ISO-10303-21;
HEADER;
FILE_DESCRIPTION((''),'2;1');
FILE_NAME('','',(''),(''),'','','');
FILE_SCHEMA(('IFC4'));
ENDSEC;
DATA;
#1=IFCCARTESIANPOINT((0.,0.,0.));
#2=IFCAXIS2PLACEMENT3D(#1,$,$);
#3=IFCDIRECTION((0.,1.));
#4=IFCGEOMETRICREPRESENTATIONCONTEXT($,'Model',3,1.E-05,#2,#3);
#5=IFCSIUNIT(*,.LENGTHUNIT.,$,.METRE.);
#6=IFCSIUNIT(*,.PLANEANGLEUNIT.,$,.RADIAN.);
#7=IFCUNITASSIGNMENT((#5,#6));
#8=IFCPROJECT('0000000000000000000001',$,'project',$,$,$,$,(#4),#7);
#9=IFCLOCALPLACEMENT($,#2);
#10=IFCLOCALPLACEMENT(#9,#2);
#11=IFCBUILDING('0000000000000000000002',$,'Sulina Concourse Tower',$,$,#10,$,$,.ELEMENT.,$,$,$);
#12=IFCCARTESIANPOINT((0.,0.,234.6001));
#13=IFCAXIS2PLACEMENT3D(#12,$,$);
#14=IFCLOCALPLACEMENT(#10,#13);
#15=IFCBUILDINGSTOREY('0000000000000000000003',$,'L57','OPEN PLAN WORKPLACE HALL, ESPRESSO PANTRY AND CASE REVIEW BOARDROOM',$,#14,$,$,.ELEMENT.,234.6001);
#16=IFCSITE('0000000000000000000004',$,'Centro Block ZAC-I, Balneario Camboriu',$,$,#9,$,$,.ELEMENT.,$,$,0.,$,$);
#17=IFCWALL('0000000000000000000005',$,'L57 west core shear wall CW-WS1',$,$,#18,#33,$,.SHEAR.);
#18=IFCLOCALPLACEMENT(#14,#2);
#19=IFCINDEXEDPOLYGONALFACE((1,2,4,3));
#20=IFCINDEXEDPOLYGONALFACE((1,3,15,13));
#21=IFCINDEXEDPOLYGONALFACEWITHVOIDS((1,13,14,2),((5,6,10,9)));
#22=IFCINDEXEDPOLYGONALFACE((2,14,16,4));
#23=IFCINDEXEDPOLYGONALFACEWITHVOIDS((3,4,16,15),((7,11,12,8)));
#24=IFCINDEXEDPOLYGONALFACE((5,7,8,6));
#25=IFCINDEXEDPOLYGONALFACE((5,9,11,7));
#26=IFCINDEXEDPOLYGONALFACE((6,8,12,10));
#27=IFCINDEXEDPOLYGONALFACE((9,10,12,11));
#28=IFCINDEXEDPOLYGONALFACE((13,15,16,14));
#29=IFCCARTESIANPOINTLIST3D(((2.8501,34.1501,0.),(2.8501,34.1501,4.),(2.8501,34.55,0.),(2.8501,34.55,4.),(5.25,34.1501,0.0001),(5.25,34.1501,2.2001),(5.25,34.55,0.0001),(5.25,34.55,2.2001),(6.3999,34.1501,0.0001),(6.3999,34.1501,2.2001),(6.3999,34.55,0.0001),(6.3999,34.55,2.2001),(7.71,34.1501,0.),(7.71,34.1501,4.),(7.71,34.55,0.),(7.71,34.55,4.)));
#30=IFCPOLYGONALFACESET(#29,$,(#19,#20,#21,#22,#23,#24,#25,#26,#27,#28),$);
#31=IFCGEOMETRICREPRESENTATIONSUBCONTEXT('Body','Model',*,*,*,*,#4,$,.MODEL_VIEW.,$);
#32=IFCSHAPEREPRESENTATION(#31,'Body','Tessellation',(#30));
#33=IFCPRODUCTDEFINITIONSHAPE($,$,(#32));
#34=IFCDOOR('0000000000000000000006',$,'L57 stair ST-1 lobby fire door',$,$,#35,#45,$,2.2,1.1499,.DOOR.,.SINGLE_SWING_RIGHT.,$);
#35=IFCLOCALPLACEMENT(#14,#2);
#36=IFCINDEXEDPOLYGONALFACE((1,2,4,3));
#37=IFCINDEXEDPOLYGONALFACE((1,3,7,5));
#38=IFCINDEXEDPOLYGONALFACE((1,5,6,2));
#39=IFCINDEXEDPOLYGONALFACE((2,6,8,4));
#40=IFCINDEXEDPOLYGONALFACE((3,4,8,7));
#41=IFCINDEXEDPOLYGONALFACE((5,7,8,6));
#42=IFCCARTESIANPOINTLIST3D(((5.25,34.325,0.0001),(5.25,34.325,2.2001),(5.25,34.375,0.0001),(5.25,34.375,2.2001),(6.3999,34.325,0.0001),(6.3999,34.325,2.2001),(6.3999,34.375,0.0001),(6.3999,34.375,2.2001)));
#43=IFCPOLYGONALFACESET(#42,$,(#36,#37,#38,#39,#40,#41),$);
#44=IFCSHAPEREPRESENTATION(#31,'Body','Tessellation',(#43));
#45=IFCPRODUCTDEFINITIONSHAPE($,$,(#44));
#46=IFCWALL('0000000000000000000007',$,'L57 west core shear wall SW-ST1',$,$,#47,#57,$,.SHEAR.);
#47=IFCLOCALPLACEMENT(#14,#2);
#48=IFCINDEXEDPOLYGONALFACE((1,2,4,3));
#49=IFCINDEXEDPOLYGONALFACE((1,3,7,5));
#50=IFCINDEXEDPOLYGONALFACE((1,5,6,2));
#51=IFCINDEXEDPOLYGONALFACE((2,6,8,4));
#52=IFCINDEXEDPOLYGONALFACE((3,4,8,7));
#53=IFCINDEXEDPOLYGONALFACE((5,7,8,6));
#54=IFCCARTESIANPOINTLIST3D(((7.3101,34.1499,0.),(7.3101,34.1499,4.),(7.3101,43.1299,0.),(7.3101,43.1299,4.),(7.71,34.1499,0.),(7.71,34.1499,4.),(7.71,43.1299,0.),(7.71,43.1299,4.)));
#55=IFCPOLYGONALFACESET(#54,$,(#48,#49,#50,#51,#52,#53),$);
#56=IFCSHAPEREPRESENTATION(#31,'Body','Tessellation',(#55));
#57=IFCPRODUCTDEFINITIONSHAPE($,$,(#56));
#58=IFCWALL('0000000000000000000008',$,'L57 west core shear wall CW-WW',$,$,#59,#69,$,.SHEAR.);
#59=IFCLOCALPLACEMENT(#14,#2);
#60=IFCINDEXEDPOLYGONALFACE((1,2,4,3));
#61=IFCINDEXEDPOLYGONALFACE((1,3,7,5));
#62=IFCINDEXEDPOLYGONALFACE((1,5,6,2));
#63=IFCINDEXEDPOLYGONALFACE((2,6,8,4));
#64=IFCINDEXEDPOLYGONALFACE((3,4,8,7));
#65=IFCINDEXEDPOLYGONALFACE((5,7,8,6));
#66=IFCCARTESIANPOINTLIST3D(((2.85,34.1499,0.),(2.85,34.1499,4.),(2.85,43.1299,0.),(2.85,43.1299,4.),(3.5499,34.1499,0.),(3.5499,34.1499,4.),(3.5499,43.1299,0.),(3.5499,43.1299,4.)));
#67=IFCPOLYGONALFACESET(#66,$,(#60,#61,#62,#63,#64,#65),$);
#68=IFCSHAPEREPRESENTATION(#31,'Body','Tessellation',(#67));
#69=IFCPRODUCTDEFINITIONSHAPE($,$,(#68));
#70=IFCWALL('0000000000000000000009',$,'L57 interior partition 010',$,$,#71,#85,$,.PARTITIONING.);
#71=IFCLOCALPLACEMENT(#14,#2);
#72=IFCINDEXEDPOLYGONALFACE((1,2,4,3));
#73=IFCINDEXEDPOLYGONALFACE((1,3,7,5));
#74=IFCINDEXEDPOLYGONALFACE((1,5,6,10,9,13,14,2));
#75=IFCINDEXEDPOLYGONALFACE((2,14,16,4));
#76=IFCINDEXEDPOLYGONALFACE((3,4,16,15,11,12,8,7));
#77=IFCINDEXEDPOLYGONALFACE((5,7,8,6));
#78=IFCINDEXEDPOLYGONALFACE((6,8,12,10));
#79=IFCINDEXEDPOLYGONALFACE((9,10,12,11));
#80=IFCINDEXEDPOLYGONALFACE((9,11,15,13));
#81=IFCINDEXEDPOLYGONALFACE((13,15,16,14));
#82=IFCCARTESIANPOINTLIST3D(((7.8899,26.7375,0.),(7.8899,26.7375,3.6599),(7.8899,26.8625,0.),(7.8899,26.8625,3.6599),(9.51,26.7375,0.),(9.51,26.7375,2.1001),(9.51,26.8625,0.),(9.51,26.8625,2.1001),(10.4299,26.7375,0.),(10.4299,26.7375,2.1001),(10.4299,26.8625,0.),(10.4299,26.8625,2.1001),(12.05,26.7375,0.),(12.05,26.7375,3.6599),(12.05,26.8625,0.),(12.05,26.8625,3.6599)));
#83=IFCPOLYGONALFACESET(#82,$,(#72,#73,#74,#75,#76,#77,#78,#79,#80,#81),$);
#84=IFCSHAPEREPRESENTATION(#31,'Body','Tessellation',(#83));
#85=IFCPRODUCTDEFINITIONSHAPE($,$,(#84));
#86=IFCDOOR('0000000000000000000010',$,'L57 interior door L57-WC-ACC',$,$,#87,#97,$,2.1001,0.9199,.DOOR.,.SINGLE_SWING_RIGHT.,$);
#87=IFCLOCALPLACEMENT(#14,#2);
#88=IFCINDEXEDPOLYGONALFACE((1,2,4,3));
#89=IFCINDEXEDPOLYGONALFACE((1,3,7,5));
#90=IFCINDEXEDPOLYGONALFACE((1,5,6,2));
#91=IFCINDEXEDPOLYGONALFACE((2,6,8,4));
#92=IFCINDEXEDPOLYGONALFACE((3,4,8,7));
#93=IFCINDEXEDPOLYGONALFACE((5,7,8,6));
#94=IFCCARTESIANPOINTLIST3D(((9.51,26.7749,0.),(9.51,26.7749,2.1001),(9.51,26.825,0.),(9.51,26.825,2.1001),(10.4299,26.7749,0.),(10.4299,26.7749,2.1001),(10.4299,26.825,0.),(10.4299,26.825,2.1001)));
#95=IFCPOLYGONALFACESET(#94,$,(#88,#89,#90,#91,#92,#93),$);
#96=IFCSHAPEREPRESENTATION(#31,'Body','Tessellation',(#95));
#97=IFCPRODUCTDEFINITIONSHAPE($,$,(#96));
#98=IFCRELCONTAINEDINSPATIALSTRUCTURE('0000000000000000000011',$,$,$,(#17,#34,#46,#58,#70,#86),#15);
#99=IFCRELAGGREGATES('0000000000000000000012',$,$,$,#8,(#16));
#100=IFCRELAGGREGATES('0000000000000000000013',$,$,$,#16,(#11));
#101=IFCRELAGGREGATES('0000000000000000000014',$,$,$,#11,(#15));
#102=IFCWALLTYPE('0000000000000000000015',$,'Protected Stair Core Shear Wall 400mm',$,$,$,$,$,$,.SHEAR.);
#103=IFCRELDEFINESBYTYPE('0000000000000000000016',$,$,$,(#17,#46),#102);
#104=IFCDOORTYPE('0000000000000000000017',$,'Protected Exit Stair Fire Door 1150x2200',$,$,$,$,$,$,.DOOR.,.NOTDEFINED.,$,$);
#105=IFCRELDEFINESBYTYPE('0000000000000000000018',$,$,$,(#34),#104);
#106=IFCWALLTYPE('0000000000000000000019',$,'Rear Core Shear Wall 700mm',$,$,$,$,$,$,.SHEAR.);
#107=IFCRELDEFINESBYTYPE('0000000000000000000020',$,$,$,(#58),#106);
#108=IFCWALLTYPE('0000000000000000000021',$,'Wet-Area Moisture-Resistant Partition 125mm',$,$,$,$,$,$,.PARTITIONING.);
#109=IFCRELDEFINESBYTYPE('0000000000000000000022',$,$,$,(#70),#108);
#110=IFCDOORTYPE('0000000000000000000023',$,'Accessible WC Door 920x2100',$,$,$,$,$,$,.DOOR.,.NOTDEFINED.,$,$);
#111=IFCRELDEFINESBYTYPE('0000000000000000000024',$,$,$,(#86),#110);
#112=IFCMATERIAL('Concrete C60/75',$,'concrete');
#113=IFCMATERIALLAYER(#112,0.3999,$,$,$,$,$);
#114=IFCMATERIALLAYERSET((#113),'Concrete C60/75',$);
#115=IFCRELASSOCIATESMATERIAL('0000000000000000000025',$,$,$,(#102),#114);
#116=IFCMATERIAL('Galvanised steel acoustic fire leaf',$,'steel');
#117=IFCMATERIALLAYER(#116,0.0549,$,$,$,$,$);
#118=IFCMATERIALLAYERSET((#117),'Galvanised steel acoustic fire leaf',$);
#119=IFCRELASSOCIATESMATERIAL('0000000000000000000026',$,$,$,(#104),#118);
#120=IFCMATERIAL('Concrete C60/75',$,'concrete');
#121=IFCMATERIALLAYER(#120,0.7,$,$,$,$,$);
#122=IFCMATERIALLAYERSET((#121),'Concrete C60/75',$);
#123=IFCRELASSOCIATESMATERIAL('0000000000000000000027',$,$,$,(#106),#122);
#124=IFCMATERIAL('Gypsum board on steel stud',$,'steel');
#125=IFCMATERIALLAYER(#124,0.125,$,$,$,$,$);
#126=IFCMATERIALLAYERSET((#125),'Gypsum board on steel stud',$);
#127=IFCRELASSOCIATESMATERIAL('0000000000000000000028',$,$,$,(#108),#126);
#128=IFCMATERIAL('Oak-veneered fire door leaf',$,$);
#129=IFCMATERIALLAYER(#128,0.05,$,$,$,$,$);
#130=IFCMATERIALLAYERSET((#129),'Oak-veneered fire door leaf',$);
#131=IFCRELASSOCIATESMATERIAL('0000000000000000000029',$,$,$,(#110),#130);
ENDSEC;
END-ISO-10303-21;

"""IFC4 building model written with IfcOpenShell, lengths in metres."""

from ifc_helpers import new_model, si_unit, direction, frame, frame_2d, origin, place, context, subcontext, project, spatial, rectangle, extrude, material, layer, layer_set, type_object, element, fill, save


model = new_model("IFC4")

# Units and contexts
model_context = context("Model", 3, precision=1e-05, world=origin(), true_north=direction((0.0, 1.0)))
body_context = subcontext(model_context, "Body", "Model", "MODEL_VIEW")
ifc_project = project(units=[si_unit("LENGTHUNIT", "METRE"), si_unit("PLANEANGLEUNIT", "RADIAN")], contexts=[model_context])

# Site, building, storey
site_placement = place(None, origin())
site = spatial("IfcSite", under=ifc_project, at=site_placement, Name="Centro Block ZAC-I, Balneario Camboriu", CompositionType="ELEMENT", RefElevation=0.0)
building_placement = place(site_placement, origin())
building = spatial("IfcBuilding", under=site, at=building_placement, Name="Sulina Concourse Tower", CompositionType="ELEMENT")
storey_placement = place(building_placement, frame((0.0, 0.0, 234.6001)))
storey = spatial("IfcBuildingStorey", under=building, at=storey_placement, Name="L57", Description="OPEN PLAN WORKPLACE HALL, ESPRESSO PANTRY AND CASE REVIEW BOARDROOM", CompositionType="ELEMENT", Elevation=234.6001)

# Wall, opening, door
ifc_material_1 = material(Name="Concrete C60/75", Category="concrete")
ifc_layer_1 = layer(ifc_material_1, 0.3999)
ifc_layer_set_1 = layer_set([ifc_layer_1], Name="Concrete C60/75")
wall_type_1 = type_object("IfcWallType", Name="Protected Stair Core Shear Wall 400mm", PredefinedType="SHEAR", material=ifc_layer_set_1)
wall_1_placement = place(storey_placement, frame((2.8501, 34.3501, 0.0), z_axis=(0.0, 0.0, 1.0), x_axis=(1.0, 0.0, 0.0)))
wall_1 = element("IfcWall", 1, at=wall_1_placement, inside=storey, type_object=wall_type_1, Name="L57 west core shear wall CW-WS1", PredefinedType="SHEAR", context=body_context, shape_type="SweptSolid", body=[
    extrude(rectangle(XDim=4.8599, YDim=0.3999, at=frame_2d((2.4299, 0.0))), origin(), (0.0, 0.0, 1.0), 4.0),
])
opening_1_placement = place(wall_1_placement, frame((2.3999, 0.0, 0.0)))
opening_1 = element("IfcOpeningElement", 2, at=opening_1_placement, cuts=wall_1, PredefinedType="OPENING", context=body_context, shape_type="SweptSolid", body=[
    extrude(rectangle(XDim=1.1499, YDim=2.2, at=frame_2d((0.575, 1.1001))), frame((0.0, 0.21, 0.0), z_axis=(0.0, -1.0, 0.0), x_axis=(1.0, 0.0, 0.0)), (0.0, 0.0, 1.0), 0.4199),
])
ifc_material_2 = material(Name="Galvanised steel acoustic fire leaf", Category="steel")
ifc_layer_2 = layer(ifc_material_2, 0.0549)
ifc_layer_set_2 = layer_set([ifc_layer_2], Name="Galvanised steel acoustic fire leaf")
door_type_1 = type_object("IfcDoorType", Name="Protected Exit Stair Fire Door 1150x2200", OperationType="NOTDEFINED", PredefinedType="DOOR", material=ifc_layer_set_2)
door_1_placement = place(opening_1_placement, origin())
door_1 = element("IfcDoor", 3, at=door_1_placement, inside=storey, type_object=door_type_1, Name="L57 stair ST-1 lobby fire door", OperationType="SINGLE_SWING_RIGHT", OverallHeight=2.2, OverallWidth=1.1499, PredefinedType="DOOR", context=body_context, shape_type="SweptSolid", body=[
    extrude(rectangle(XDim=1.1499, YDim=2.2, at=frame_2d((0.575, 1.1001))), frame((0.0, 0.0249, 0.0), z_axis=(0.0, -1.0, 0.0), x_axis=(1.0, 0.0, 0.0)), (0.0, 0.0, 1.0), 0.05),
])
fill(opening_1, door_1)

# Walls
wall_2_placement = place(storey_placement, frame((7.51, 34.1499, 0.0), z_axis=(0.0, 0.0, 1.0), x_axis=(0.0, 1.0, 0.0)))
element("IfcWall", 4, at=wall_2_placement, inside=storey, type_object=wall_type_1, Name="L57 west core shear wall SW-ST1", PredefinedType="SHEAR", context=body_context, shape_type="SweptSolid", body=[
    extrude(rectangle(XDim=8.98, YDim=0.3999, at=frame_2d((4.49, 0.0))), origin(), (0.0, 0.0, 1.0), 4.0),
])
ifc_material_3 = material(Name="Concrete C60/75", Category="concrete")
ifc_layer_3 = layer(ifc_material_3, 0.7)
ifc_layer_set_3 = layer_set([ifc_layer_3], Name="Concrete C60/75")
wall_type_2 = type_object("IfcWallType", Name="Rear Core Shear Wall 700mm", PredefinedType="SHEAR", material=ifc_layer_set_3)
wall_3_placement = place(storey_placement, frame((3.2, 34.1499, 0.0), z_axis=(0.0, 0.0, 1.0), x_axis=(0.0, 1.0, 0.0)))
element("IfcWall", 5, at=wall_3_placement, inside=storey, type_object=wall_type_2, Name="L57 west core shear wall CW-WW", PredefinedType="SHEAR", context=body_context, shape_type="SweptSolid", body=[
    extrude(rectangle(XDim=8.98, YDim=0.7, at=frame_2d((4.49, 0.0))), origin(), (0.0, 0.0, 1.0), 4.0),
])

# Wall, opening, door
ifc_material_4 = material(Name="Gypsum board on steel stud", Category="steel")
ifc_layer_4 = layer(ifc_material_4, 0.125)
ifc_layer_set_4 = layer_set([ifc_layer_4], Name="Gypsum board on steel stud")
wall_type_3 = type_object("IfcWallType", Name="Wet-Area Moisture-Resistant Partition 125mm", PredefinedType="PARTITIONING", material=ifc_layer_set_4)
wall_4_placement = place(storey_placement, frame((7.8899, 26.8, 0.0), z_axis=(0.0, 0.0, 1.0), x_axis=(1.0, 0.0, 0.0)))
wall_4 = element("IfcWall", 6, at=wall_4_placement, inside=storey, type_object=wall_type_3, Name="L57 interior partition 010", PredefinedType="PARTITIONING", context=body_context, shape_type="SweptSolid", body=[
    extrude(rectangle(XDim=4.1602, YDim=0.125, at=frame_2d((2.0801, 0.0))), origin(), (0.0, 0.0, 1.0), 3.6599),
])
opening_2_placement = place(wall_4_placement, frame((1.6201, 0.0, 0.0)))
opening_2 = element("IfcOpeningElement", 7, at=opening_2_placement, cuts=wall_4, PredefinedType="OPENING", context=body_context, shape_type="SweptSolid", body=[
    extrude(rectangle(XDim=0.9199, YDim=2.1001, at=frame_2d((0.46, 1.05))), frame((0.0, 0.0725, 0.0), z_axis=(0.0, -1.0, 0.0), x_axis=(1.0, 0.0, 0.0)), (0.0, 0.0, 1.0), 0.145),
])
ifc_material_5 = material(Name="Oak-veneered fire door leaf")
ifc_layer_5 = layer(ifc_material_5, 0.05)
ifc_layer_set_5 = layer_set([ifc_layer_5], Name="Oak-veneered fire door leaf")
door_type_2 = type_object("IfcDoorType", Name="Accessible WC Door 920x2100", OperationType="NOTDEFINED", PredefinedType="DOOR", material=ifc_layer_set_5)
door_2_placement = place(opening_2_placement, origin())
door_2 = element("IfcDoor", 8, at=door_2_placement, inside=storey, type_object=door_type_2, Name="L57 interior door L57-WC-ACC", OperationType="SINGLE_SWING_RIGHT", OverallHeight=2.1001, OverallWidth=0.9199, PredefinedType="DOOR", context=body_context, shape_type="SweptSolid", body=[
    extrude(rectangle(XDim=0.9199, YDim=2.1001, at=frame_2d((0.46, 1.05))), frame((0.0, 0.0249, 0.0), z_axis=(0.0, -1.0, 0.0), x_axis=(1.0, 0.0, 0.0)), (0.0, 0.0, 1.0), 0.05),
])
fill(opening_2, door_2)

save(model, "model.ifc")
